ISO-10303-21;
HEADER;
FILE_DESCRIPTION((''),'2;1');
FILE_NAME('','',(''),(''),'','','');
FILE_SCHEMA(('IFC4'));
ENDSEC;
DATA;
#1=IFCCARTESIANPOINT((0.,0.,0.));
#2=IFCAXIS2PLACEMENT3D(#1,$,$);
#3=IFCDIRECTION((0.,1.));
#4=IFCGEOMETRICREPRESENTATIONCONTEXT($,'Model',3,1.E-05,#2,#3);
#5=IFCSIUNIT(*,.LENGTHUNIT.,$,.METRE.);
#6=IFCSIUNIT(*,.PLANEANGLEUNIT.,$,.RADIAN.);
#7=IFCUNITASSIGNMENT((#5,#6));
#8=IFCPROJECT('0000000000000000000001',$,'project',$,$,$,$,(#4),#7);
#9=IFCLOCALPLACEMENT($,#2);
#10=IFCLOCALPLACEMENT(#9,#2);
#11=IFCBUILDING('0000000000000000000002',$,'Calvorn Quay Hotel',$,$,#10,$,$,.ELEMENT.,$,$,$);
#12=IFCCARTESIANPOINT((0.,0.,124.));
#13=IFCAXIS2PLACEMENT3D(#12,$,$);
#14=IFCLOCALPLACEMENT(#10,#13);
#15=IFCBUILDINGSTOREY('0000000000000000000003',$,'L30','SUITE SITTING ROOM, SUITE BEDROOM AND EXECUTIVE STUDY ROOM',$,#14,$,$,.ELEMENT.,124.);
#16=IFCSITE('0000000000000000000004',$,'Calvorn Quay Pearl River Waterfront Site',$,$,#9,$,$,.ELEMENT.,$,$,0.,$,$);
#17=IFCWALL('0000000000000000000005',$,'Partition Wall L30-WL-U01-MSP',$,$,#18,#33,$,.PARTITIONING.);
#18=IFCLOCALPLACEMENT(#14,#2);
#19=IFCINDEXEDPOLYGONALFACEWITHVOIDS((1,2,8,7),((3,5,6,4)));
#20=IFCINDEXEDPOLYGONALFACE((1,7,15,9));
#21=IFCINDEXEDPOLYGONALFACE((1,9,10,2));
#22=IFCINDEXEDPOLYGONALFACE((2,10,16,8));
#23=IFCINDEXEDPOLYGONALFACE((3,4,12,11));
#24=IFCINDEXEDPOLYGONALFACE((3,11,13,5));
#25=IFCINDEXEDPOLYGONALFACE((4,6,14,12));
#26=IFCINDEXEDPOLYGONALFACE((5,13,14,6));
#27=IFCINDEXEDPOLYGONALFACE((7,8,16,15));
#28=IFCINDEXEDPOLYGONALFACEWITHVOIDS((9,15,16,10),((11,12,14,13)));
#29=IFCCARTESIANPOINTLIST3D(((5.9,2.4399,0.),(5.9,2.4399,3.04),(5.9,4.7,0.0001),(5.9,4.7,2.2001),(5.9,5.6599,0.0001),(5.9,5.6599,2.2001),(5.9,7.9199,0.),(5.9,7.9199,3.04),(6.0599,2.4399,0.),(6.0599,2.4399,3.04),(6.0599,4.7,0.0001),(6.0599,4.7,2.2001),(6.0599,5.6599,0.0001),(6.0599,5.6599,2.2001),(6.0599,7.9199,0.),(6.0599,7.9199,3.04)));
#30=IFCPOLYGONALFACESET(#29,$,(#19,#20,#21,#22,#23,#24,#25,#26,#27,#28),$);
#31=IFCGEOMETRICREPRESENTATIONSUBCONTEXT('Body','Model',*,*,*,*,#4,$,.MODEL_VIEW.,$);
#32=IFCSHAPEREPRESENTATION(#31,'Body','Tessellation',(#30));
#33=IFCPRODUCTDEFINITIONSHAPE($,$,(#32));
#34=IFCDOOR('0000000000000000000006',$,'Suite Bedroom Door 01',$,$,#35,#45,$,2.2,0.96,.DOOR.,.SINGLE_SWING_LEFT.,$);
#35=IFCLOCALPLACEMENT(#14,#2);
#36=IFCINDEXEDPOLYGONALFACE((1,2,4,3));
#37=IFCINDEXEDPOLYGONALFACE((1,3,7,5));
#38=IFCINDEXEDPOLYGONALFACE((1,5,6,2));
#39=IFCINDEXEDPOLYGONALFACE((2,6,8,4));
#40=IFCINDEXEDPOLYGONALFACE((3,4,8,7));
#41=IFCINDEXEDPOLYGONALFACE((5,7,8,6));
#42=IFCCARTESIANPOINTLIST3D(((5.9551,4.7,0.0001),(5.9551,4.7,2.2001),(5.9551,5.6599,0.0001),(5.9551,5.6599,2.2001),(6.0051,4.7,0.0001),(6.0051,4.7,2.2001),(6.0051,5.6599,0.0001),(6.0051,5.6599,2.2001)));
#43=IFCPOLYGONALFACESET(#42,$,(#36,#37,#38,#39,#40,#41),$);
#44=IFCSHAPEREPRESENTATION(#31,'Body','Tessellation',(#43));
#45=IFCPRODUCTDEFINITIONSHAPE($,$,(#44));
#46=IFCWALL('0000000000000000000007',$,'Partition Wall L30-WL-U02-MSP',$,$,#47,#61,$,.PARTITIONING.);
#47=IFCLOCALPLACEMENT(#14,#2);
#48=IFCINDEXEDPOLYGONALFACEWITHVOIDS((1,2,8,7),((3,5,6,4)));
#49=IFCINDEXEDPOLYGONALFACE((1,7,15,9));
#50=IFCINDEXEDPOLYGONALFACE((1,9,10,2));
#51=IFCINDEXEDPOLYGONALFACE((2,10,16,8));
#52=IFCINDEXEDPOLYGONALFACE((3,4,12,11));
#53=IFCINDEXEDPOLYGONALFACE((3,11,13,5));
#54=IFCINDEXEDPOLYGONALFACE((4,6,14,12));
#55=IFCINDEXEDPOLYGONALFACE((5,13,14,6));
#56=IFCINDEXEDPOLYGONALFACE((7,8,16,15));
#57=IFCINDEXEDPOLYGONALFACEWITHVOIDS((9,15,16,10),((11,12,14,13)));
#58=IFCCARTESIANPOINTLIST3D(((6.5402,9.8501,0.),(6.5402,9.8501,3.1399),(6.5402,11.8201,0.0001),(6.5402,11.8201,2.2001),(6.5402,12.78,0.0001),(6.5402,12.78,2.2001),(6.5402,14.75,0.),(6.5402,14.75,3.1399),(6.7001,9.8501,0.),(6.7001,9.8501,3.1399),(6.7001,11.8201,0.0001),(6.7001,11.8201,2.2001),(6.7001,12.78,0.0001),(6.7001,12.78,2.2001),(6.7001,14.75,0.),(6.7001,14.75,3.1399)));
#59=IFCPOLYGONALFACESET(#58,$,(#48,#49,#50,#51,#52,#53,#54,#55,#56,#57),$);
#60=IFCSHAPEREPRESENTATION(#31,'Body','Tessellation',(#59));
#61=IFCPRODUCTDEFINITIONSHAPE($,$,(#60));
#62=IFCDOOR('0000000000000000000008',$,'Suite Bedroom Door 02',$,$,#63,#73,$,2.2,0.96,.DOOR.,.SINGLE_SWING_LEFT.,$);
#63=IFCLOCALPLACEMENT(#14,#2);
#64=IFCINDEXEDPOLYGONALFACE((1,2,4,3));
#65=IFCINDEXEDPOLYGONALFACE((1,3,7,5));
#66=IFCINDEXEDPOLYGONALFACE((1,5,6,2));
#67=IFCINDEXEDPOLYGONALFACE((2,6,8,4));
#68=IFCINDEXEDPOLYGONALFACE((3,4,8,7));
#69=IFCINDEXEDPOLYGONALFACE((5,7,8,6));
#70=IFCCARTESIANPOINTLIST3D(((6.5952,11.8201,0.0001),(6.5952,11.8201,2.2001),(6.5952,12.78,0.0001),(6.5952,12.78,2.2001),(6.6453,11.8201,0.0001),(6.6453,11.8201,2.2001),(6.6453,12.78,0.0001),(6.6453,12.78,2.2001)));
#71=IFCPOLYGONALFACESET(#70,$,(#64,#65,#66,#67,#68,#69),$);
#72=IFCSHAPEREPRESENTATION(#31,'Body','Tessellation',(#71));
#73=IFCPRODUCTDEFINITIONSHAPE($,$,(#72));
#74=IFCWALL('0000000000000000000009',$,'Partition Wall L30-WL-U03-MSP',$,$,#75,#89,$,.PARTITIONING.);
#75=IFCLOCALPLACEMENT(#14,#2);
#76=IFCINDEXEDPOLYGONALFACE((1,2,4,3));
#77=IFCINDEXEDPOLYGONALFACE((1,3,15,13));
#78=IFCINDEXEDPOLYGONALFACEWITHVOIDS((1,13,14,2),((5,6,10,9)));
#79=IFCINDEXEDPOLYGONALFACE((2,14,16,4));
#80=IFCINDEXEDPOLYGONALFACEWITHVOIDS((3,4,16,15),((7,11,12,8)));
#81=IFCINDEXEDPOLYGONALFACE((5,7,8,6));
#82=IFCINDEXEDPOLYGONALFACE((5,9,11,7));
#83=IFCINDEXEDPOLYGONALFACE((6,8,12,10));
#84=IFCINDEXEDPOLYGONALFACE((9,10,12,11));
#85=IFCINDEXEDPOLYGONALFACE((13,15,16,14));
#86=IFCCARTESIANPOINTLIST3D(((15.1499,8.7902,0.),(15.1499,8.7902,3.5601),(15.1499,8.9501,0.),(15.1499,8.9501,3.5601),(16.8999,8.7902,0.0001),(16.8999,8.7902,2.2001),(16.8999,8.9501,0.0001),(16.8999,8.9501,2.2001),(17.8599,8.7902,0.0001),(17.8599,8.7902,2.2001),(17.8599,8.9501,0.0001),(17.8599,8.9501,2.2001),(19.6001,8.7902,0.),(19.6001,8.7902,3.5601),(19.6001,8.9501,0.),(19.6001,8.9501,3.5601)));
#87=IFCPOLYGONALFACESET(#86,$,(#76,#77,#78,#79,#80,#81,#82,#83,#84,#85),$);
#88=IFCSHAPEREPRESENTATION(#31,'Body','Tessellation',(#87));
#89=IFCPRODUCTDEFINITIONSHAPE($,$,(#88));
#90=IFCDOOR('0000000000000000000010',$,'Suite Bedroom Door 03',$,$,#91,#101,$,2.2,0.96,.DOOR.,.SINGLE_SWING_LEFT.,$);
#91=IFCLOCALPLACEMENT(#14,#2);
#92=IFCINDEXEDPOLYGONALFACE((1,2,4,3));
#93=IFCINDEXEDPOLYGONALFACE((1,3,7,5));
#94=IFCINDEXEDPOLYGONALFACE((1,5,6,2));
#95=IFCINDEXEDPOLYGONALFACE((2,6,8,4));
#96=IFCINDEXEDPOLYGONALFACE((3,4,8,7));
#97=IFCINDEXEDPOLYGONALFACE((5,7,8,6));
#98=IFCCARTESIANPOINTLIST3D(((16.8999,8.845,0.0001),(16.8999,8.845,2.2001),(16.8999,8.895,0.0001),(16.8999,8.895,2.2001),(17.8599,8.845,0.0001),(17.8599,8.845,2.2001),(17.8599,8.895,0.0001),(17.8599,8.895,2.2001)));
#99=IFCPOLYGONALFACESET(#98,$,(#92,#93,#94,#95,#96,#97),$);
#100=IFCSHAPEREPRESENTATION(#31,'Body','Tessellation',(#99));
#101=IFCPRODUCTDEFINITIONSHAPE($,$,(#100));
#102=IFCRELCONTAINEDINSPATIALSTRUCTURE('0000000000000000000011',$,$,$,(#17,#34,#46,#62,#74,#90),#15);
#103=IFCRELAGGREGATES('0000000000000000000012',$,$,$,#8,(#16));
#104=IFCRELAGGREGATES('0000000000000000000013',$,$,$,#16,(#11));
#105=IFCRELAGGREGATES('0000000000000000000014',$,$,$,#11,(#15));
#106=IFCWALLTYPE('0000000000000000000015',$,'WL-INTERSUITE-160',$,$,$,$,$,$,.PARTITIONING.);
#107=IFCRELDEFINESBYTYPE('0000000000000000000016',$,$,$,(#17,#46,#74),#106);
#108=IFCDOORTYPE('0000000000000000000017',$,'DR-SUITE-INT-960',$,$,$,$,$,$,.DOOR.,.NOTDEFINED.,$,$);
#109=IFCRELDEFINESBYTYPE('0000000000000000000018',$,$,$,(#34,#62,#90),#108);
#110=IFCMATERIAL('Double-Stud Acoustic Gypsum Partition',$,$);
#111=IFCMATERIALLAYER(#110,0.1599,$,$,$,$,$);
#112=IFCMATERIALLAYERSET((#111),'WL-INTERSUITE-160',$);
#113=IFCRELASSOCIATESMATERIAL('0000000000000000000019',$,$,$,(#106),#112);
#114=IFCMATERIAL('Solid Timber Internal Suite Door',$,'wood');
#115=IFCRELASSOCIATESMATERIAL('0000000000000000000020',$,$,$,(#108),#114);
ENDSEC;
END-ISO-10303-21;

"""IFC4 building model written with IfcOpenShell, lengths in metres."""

from ifc_helpers import new_model, si_unit, direction, frame, frame_2d, origin, place, context, subcontext, project, spatial, rectangle, extrude, material, layer, layer_set, type_object, element, fill, save


model = new_model("IFC4")

# Units and contexts
model_context = context("Model", 3, precision=1e-05, world=origin(), true_north=direction((0.0, 1.0)))
body_context = subcontext(model_context, "Body", "Model", "MODEL_VIEW")
ifc_project = project(units=[si_unit("LENGTHUNIT", "METRE"), si_unit("PLANEANGLEUNIT", "RADIAN")], contexts=[model_context])

# Site, building, storey
site_placement = place(None, origin())
site = spatial("IfcSite", under=ifc_project, at=site_placement, Name="Calvorn Quay Pearl River Waterfront Site", CompositionType="ELEMENT", RefElevation=0.0)
building_placement = place(site_placement, origin())
building = spatial("IfcBuilding", under=site, at=building_placement, Name="Calvorn Quay Hotel", CompositionType="ELEMENT")
storey_placement = place(building_placement, frame((0.0, 0.0, 124.0)))
storey = spatial("IfcBuildingStorey", under=building, at=storey_placement, Name="L30", Description="SUITE SITTING ROOM, SUITE BEDROOM AND EXECUTIVE STUDY ROOM", CompositionType="ELEMENT", Elevation=124.0)

# Walls, openings, doors
ifc_material_1 = material(Name="Double-Stud Acoustic Gypsum Partition")
ifc_layer_1 = layer(ifc_material_1, 0.1599)
ifc_layer_set_1 = layer_set([ifc_layer_1], Name="WL-INTERSUITE-160")
wall_type_1 = type_object("IfcWallType", Name="WL-INTERSUITE-160", PredefinedType="PARTITIONING", material=ifc_layer_set_1)
wall_1_placement = place(storey_placement, frame((5.98, 2.4399, 0.0), z_axis=(0.0, 0.0, 1.0), x_axis=(0.0, 1.0, 0.0)))
wall_1 = element("IfcWall", 1, at=wall_1_placement, inside=storey, type_object=wall_type_1, Name="Partition Wall L30-WL-U01-MSP", PredefinedType="PARTITIONING", context=body_context, shape_type="SweptSolid", body=[
    extrude(rectangle(XDim=5.48, YDim=0.1599, at=frame_2d((2.74, 0.0))), origin(), (0.0, 0.0, 1.0), 3.04),
])
opening_1_placement = place(wall_1_placement, frame((2.26, 0.0, 0.0)))
opening_1 = element("IfcOpeningElement", 2, at=opening_1_placement, cuts=wall_1, PredefinedType="OPENING", context=body_context, shape_type="SweptSolid", body=[
    extrude(rectangle(XDim=0.96, YDim=2.2, at=frame_2d((0.48, 1.1001))), frame((0.0, 0.0898, 0.0), z_axis=(0.0, -1.0, 0.0), x_axis=(1.0, 0.0, 0.0)), (0.0, 0.0, 1.0), 0.1799),
])
ifc_material_2 = material(Name="Solid Timber Internal Suite Door", Category="wood")
door_type_1 = type_object("IfcDoorType", Name="DR-SUITE-INT-960", OperationType="NOTDEFINED", PredefinedType="DOOR", material=ifc_material_2)
door_1_placement = place(opening_1_placement, origin())
door_1 = element("IfcDoor", 3, at=door_1_placement, inside=storey, type_object=door_type_1, Name="Suite Bedroom Door 01", OperationType="SINGLE_SWING_LEFT", OverallHeight=2.2, OverallWidth=0.96, PredefinedType="DOOR", context=body_context, shape_type="SweptSolid", body=[
    extrude(rectangle(XDim=0.96, YDim=2.2, at=frame_2d((0.48, 1.1001))), frame((0.0, 0.0249, 0.0), z_axis=(0.0, -1.0, 0.0), x_axis=(1.0, 0.0, 0.0)), (0.0, 0.0, 1.0), 0.05),
])
fill(opening_1, door_1)
wall_2_placement = place(storey_placement, frame((6.6201, 9.8501, 0.0), z_axis=(0.0, 0.0, 1.0), x_axis=(0.0, 1.0, 0.0)))
wall_2 = element("IfcWall", 4, at=wall_2_placement, inside=storey, type_object=wall_type_1, Name="Partition Wall L30-WL-U02-MSP", PredefinedType="PARTITIONING", context=body_context, shape_type="SweptSolid", body=[
    extrude(rectangle(XDim=4.8999, YDim=0.1599, at=frame_2d((2.45, 0.0))), origin(), (0.0, 0.0, 1.0), 3.1399),
])
opening_2_placement = place(wall_2_placement, frame((1.97, 0.0, 0.0)))
opening_2 = element("IfcOpeningElement", 5, at=opening_2_placement, cuts=wall_2, PredefinedType="OPENING", context=body_context, shape_type="SweptSolid", body=[
    extrude(rectangle(XDim=0.96, YDim=2.2, at=frame_2d((0.48, 1.1001))), frame((0.0, 0.0898, 0.0), z_axis=(0.0, -1.0, 0.0), x_axis=(1.0, 0.0, 0.0)), (0.0, 0.0, 1.0), 0.1799),
])
door_2_placement = place(opening_2_placement, origin())
door_2 = element("IfcDoor", 6, at=door_2_placement, inside=storey, type_object=door_type_1, Name="Suite Bedroom Door 02", OperationType="SINGLE_SWING_LEFT", OverallHeight=2.2, OverallWidth=0.96, PredefinedType="DOOR", context=body_context, shape_type="SweptSolid", body=[
    extrude(rectangle(XDim=0.96, YDim=2.2, at=frame_2d((0.48, 1.1001))), frame((0.0, 0.0249, 0.0), z_axis=(0.0, -1.0, 0.0), x_axis=(1.0, 0.0, 0.0)), (0.0, 0.0, 1.0), 0.05),
])
fill(opening_2, door_2)
wall_3_placement = place(storey_placement, frame((15.1499, 8.8701, 0.0), z_axis=(0.0, 0.0, 1.0), x_axis=(1.0, 0.0, 0.0)))
wall_3 = element("IfcWall", 7, at=wall_3_placement, inside=storey, type_object=wall_type_1, Name="Partition Wall L30-WL-U03-MSP", PredefinedType="PARTITIONING", context=body_context, shape_type="SweptSolid", body=[
    extrude(rectangle(XDim=4.4502, YDim=0.1599, at=frame_2d((2.2251, 0.0))), origin(), (0.0, 0.0, 1.0), 3.5601),
])
opening_3_placement = place(wall_3_placement, frame((1.75, 0.0, 0.0)))
opening_3 = element("IfcOpeningElement", 8, at=opening_3_placement, cuts=wall_3, PredefinedType="OPENING", context=body_context, shape_type="SweptSolid", body=[
    extrude(rectangle(XDim=0.96, YDim=2.2, at=frame_2d((0.48, 1.1001))), frame((0.0, 0.0898, 0.0), z_axis=(0.0, -1.0, 0.0), x_axis=(1.0, 0.0, 0.0)), (0.0, 0.0, 1.0), 0.1799),
])
door_3_placement = place(opening_3_placement, origin())
door_3 = element("IfcDoor", 9, at=door_3_placement, inside=storey, type_object=door_type_1, Name="Suite Bedroom Door 03", OperationType="SINGLE_SWING_LEFT", OverallHeight=2.2, OverallWidth=0.96, PredefinedType="DOOR", context=body_context, shape_type="SweptSolid", body=[
    extrude(rectangle(XDim=0.96, YDim=2.2, at=frame_2d((0.48, 1.1001))), frame((0.0, 0.0249, 0.0), z_axis=(0.0, -1.0, 0.0), x_axis=(1.0, 0.0, 0.0)), (0.0, 0.0, 1.0), 0.05),
])
fill(opening_3, door_3)

save(model, "model.ifc")
